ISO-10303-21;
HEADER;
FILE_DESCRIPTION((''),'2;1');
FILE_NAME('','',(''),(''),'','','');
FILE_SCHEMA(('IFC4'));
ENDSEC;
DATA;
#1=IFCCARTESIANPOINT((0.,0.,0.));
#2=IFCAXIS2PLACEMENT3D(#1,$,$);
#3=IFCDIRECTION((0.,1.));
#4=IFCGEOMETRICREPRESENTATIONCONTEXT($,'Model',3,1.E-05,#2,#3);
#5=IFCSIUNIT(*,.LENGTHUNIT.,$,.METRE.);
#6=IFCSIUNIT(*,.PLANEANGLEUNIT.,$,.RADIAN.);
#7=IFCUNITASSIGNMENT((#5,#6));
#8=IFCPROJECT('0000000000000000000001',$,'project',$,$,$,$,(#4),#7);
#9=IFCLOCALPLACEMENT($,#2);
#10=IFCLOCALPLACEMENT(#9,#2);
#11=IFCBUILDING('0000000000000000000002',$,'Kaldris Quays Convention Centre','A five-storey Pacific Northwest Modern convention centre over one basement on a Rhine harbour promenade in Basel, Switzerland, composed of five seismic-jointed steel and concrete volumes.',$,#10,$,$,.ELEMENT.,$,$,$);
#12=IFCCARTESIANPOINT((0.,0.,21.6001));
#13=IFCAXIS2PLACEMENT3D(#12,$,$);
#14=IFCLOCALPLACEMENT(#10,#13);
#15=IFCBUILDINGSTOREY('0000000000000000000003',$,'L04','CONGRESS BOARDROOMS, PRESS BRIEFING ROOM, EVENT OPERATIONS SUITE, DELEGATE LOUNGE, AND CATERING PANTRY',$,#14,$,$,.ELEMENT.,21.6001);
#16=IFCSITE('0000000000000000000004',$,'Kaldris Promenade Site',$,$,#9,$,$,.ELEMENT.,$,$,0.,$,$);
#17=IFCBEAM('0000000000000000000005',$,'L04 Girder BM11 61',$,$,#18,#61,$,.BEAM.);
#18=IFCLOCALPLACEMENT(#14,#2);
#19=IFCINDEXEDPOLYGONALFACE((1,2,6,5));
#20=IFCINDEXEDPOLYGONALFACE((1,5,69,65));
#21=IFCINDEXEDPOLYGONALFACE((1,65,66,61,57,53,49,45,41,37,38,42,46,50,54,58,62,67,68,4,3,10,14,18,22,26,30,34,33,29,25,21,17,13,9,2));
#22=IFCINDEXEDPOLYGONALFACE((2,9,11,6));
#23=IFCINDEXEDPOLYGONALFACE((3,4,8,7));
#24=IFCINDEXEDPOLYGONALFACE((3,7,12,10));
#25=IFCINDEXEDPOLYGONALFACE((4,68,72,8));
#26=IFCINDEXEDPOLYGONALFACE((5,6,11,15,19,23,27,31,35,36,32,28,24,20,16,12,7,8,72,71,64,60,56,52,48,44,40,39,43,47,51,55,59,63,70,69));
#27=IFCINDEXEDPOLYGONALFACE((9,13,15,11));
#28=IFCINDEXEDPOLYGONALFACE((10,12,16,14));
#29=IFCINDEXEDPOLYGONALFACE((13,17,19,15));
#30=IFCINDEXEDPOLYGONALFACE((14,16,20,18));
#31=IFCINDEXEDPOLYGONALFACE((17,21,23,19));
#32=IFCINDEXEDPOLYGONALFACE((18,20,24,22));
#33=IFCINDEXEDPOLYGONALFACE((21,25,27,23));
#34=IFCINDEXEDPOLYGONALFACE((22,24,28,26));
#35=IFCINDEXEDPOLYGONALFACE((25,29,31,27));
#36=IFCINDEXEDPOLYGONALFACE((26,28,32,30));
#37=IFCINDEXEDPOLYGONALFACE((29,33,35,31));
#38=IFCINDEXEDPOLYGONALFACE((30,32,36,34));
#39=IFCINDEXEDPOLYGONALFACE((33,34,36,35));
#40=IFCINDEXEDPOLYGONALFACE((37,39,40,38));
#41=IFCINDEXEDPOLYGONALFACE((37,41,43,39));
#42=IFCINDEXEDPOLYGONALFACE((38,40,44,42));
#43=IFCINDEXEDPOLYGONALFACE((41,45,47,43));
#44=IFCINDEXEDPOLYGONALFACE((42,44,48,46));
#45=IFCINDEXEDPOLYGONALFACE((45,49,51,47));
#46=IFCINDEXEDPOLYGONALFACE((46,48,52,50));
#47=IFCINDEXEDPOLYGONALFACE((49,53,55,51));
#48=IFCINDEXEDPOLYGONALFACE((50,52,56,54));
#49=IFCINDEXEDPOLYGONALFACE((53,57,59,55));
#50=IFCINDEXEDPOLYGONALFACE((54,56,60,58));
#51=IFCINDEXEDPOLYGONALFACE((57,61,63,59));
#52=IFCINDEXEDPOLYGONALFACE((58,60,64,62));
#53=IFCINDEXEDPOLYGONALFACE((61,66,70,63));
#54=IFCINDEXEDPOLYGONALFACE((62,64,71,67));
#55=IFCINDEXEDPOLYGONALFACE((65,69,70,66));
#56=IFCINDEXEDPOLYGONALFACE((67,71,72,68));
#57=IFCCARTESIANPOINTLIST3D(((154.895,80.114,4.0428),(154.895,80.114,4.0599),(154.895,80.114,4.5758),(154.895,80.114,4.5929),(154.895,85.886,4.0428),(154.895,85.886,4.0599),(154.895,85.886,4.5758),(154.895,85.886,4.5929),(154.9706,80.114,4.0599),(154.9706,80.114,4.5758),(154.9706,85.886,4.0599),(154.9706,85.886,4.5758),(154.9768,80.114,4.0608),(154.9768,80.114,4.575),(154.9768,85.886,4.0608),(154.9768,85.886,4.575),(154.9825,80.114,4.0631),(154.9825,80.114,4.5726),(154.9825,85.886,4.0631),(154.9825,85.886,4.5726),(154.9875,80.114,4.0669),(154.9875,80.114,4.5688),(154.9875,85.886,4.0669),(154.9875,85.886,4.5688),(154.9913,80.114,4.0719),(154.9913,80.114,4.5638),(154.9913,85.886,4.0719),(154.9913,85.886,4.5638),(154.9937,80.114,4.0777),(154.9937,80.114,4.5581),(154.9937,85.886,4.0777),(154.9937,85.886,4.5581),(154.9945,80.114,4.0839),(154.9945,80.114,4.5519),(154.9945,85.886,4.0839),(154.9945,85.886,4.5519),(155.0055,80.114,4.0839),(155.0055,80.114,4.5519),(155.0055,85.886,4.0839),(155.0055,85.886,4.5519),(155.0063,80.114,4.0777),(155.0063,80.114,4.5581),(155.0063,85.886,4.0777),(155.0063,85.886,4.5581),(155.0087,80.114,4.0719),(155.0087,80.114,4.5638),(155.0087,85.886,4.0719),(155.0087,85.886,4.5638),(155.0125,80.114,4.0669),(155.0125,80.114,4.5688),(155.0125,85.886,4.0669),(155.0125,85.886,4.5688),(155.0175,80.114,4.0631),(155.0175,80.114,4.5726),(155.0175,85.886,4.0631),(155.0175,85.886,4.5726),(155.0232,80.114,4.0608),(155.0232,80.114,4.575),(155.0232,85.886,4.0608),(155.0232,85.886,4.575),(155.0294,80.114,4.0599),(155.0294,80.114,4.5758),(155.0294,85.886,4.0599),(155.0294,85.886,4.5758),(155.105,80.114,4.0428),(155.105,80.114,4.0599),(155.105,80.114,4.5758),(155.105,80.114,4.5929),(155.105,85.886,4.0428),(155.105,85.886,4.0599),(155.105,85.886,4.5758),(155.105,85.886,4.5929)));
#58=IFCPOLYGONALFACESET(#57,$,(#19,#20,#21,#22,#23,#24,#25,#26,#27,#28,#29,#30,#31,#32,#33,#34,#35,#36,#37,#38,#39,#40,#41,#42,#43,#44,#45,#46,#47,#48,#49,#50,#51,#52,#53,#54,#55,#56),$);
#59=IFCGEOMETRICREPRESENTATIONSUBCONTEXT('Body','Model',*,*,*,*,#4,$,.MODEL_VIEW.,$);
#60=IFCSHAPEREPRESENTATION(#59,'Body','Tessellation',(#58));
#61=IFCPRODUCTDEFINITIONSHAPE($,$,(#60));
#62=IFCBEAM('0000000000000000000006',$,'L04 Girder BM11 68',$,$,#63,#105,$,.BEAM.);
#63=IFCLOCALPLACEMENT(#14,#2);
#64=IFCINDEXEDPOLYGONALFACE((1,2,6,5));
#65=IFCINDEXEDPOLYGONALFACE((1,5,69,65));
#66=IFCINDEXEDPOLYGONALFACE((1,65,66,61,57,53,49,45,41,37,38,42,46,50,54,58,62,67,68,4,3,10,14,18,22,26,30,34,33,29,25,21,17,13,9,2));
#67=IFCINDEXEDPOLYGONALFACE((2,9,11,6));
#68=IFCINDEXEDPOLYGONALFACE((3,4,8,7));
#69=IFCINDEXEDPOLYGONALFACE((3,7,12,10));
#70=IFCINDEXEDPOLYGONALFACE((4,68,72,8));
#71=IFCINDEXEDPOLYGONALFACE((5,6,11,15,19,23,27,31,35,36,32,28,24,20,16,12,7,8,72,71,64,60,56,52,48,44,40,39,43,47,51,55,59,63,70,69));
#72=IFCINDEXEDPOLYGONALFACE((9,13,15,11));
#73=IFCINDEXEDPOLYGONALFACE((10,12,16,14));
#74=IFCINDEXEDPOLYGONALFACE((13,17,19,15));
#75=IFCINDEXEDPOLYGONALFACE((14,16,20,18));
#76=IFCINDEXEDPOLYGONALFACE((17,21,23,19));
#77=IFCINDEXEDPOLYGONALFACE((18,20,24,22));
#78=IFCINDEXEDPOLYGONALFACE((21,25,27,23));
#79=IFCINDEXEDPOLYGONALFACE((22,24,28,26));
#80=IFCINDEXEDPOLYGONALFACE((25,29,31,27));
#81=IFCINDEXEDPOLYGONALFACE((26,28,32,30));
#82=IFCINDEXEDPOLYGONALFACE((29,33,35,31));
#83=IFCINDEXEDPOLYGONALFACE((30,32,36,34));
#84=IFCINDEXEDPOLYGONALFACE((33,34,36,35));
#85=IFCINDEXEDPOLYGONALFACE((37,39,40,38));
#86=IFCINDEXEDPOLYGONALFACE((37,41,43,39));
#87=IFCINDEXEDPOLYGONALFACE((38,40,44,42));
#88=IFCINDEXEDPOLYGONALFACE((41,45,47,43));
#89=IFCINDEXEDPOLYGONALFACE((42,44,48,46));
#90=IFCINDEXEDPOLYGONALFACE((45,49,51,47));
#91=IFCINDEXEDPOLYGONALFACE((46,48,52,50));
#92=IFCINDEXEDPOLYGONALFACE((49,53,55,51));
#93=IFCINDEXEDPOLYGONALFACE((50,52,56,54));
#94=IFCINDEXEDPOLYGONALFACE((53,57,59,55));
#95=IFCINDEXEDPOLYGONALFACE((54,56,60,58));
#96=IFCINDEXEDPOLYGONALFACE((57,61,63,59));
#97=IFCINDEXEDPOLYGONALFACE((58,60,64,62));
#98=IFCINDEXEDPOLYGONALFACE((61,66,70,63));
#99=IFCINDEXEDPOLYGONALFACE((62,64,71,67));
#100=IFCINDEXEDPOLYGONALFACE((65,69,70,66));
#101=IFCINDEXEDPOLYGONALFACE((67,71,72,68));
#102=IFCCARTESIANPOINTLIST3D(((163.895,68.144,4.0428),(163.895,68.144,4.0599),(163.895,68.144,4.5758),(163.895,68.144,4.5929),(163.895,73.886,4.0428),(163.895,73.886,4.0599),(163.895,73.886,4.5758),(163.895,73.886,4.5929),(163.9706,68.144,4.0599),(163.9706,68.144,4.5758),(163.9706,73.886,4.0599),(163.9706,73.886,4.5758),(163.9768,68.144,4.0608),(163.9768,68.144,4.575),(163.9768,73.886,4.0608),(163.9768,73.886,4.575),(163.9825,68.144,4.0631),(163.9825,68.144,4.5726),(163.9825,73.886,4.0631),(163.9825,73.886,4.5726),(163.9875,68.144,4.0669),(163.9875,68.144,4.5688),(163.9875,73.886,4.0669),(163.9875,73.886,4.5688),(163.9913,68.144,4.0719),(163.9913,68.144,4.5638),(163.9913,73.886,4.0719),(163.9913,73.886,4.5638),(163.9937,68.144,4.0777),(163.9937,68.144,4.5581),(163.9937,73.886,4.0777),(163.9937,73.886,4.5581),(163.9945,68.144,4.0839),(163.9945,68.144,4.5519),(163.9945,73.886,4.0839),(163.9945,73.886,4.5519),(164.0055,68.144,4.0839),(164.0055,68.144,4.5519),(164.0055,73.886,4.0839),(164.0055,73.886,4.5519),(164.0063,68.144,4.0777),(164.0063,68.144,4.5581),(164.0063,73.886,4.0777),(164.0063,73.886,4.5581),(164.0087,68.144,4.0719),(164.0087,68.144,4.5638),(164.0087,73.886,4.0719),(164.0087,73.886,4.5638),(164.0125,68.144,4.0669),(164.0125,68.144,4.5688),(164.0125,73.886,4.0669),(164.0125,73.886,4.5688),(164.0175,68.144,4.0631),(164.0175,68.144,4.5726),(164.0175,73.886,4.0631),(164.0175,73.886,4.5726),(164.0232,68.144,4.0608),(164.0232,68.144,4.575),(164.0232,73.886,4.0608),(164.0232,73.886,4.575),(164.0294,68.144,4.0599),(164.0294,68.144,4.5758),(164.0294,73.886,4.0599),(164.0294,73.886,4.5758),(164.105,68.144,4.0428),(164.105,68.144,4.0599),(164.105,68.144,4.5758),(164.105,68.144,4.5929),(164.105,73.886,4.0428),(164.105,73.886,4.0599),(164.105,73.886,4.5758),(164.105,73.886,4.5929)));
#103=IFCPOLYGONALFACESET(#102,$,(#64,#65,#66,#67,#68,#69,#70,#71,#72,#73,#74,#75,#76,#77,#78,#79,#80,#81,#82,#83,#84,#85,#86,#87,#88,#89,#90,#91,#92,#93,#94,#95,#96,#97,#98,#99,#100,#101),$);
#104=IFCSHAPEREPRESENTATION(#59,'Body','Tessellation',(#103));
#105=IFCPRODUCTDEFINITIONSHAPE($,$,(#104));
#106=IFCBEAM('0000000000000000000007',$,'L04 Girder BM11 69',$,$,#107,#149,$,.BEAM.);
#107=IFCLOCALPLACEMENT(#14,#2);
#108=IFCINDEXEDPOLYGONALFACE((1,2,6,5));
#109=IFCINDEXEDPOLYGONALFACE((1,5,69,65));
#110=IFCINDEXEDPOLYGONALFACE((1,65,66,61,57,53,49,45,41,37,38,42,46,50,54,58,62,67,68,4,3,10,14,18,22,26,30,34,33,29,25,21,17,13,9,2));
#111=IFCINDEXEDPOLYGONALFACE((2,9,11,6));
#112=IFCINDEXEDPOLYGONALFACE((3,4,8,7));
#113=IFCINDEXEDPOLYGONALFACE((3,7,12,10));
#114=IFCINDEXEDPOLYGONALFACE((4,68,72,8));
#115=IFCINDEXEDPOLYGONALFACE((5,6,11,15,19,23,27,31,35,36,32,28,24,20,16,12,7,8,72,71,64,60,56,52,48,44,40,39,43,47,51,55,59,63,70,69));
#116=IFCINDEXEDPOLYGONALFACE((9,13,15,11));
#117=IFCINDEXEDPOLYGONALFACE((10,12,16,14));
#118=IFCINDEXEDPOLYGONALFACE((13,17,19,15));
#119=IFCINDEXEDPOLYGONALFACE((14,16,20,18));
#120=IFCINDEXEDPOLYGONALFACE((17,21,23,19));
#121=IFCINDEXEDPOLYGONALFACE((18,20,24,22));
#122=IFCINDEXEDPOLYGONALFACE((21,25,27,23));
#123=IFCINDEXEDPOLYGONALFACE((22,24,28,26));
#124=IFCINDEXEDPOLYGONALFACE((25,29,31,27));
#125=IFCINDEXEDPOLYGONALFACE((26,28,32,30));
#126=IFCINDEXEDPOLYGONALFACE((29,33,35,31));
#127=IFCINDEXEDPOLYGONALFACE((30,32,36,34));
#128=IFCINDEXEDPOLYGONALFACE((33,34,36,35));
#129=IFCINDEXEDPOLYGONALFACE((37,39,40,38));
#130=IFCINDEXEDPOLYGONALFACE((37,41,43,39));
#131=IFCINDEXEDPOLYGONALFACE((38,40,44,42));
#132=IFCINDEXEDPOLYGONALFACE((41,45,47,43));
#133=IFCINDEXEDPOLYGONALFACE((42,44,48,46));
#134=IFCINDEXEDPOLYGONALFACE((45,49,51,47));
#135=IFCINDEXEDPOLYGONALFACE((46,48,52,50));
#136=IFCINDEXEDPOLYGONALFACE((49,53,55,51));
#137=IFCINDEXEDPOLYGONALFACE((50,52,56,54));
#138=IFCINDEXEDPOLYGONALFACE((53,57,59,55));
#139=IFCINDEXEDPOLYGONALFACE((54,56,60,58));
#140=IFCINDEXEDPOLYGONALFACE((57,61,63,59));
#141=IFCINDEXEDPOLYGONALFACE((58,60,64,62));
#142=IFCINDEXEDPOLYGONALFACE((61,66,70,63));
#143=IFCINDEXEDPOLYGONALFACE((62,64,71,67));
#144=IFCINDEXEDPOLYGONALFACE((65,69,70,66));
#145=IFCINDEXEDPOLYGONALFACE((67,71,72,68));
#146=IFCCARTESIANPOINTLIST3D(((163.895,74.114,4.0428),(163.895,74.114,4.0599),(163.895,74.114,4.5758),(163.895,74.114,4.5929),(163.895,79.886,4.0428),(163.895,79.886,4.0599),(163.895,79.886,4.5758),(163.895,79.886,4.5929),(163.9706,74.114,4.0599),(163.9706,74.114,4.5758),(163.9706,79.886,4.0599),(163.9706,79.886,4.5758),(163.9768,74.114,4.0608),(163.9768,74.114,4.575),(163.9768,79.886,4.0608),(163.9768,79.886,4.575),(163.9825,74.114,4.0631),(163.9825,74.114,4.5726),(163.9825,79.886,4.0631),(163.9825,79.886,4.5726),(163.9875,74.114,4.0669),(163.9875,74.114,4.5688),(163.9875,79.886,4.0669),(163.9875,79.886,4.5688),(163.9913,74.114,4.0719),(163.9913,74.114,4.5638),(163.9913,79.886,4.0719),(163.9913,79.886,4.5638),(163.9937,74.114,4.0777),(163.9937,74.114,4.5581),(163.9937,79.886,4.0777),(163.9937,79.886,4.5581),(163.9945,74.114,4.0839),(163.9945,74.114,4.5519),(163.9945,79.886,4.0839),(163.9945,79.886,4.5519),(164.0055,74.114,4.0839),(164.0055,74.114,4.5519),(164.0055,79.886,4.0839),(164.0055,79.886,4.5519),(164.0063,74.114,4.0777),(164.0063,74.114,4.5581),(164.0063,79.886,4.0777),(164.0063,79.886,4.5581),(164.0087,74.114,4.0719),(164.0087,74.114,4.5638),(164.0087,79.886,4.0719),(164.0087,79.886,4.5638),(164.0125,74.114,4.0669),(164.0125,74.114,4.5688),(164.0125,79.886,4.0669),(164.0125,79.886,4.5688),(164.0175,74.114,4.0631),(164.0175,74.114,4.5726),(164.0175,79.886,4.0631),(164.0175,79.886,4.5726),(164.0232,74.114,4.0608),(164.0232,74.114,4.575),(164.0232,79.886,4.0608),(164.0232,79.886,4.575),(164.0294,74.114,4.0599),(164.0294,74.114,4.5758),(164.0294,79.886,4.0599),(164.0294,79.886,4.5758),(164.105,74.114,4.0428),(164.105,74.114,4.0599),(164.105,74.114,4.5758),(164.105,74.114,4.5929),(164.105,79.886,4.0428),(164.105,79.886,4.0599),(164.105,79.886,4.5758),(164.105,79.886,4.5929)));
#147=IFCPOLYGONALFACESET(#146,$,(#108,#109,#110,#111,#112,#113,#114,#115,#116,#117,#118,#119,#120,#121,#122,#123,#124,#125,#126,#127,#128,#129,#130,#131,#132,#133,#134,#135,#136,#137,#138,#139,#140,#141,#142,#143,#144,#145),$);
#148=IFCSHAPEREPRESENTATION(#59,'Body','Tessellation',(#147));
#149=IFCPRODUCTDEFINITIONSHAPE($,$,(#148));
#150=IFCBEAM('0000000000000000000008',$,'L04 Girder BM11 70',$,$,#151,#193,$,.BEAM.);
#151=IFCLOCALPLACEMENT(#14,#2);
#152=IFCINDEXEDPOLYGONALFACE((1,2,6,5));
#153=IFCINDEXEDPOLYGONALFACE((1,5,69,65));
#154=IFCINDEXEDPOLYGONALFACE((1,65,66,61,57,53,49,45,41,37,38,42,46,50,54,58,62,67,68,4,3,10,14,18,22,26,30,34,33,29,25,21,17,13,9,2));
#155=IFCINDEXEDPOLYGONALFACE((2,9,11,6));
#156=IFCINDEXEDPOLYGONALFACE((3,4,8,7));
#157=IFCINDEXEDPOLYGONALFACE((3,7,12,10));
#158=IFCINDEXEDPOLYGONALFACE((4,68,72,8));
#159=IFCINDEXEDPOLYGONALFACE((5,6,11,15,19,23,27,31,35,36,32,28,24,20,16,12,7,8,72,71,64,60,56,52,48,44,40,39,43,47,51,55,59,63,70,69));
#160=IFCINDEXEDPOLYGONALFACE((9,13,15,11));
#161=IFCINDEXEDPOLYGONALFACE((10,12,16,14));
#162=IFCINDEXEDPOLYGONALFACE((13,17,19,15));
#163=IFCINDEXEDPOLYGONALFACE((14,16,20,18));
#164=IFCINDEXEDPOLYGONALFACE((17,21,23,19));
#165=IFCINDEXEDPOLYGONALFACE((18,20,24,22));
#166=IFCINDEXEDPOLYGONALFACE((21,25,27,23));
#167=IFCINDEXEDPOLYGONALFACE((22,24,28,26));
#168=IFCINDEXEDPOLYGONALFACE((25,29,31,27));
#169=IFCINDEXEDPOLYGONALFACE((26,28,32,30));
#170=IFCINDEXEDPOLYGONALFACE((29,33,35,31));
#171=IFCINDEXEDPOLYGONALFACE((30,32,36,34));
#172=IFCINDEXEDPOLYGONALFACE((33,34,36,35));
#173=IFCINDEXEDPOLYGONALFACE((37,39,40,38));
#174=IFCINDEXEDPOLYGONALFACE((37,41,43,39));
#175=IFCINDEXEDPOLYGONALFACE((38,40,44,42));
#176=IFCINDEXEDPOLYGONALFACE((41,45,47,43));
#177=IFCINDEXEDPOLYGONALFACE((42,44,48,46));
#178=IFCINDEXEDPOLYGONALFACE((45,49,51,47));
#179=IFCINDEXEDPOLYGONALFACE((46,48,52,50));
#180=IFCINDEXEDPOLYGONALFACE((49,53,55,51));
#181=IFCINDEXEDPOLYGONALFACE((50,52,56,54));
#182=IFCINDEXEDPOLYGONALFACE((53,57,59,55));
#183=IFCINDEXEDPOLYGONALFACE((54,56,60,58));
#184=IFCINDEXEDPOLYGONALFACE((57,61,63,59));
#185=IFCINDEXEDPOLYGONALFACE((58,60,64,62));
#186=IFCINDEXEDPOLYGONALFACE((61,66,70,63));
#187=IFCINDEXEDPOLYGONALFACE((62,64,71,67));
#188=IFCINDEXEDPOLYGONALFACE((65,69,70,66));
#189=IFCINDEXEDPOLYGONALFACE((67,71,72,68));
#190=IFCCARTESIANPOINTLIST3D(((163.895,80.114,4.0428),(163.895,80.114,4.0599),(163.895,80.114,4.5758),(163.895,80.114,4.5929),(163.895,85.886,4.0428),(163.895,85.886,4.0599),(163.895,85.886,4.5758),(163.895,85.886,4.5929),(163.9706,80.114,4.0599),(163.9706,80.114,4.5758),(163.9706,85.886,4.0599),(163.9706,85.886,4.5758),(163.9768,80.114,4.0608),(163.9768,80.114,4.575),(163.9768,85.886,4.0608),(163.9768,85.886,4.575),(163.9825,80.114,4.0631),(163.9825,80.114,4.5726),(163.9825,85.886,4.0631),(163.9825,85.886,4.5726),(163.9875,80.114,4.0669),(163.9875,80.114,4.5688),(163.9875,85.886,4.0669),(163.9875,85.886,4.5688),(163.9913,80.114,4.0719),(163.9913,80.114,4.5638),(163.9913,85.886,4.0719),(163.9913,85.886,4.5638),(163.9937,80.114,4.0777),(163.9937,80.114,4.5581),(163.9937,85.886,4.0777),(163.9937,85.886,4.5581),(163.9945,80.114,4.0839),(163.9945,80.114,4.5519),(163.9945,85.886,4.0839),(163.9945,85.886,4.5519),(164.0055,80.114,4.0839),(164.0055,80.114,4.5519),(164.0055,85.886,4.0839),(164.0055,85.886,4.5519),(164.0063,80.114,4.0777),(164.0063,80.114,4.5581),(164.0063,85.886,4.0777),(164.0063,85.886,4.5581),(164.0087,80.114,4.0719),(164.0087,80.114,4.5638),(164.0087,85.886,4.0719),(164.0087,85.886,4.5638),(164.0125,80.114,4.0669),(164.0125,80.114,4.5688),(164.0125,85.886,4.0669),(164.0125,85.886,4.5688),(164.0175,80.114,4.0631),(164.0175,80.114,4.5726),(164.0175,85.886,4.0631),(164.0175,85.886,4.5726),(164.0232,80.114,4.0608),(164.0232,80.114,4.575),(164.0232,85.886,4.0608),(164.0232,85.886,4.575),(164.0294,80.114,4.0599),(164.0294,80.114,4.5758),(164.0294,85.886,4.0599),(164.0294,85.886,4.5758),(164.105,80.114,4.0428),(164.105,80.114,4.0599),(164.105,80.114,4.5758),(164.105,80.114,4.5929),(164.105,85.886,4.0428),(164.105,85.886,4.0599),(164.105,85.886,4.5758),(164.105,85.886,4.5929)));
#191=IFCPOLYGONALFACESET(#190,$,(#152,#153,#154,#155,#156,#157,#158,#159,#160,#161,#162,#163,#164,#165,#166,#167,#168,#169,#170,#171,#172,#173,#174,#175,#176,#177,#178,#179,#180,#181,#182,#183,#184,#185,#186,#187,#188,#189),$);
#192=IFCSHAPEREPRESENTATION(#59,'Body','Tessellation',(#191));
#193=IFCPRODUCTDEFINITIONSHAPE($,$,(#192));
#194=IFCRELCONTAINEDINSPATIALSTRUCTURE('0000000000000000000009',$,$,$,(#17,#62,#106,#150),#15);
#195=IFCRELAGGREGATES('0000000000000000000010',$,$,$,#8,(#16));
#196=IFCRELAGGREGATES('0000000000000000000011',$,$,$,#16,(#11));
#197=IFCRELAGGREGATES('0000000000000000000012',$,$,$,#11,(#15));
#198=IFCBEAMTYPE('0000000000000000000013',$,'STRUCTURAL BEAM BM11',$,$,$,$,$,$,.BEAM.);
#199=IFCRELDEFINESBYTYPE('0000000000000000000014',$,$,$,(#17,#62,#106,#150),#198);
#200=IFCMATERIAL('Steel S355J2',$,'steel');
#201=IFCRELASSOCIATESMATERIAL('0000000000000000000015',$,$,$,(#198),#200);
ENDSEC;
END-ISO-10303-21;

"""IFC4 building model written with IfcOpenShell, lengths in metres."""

from ifc_helpers import new_model, si_unit, direction, frame, origin, origin_2d, place, context, subcontext, project, spatial, i_section, extrude, material, material_profile, profile_set, type_object, element, save


model = new_model("IFC4")

# Units and contexts
model_context = context("Model", 3, precision=1e-05, world=origin(), true_north=direction((0.0, 1.0)))
body_context = subcontext(model_context, "Body", "Model", "MODEL_VIEW")
ifc_project = project(units=[si_unit("LENGTHUNIT", "METRE"), si_unit("PLANEANGLEUNIT", "RADIAN")], contexts=[model_context])

# Site, building, storey
site_placement = place(None, origin())
site = spatial("IfcSite", under=ifc_project, at=site_placement, Name="Kaldris Promenade Site", CompositionType="ELEMENT", RefElevation=0.0)
building_placement = place(site_placement, origin())
building = spatial("IfcBuilding", under=site, at=building_placement, Name="Kaldris Quays Convention Centre", Description="A five-storey Pacific Northwest Modern convention centre over one basement on a Rhine harbour promenade in Basel, Switzerland, composed of five seismic-jointed steel and concrete volumes.", CompositionType="ELEMENT")
storey_placement = place(building_placement, frame((0.0, 0.0, 21.6001)))
storey = spatial("IfcBuildingStorey", under=building, at=storey_placement, Name="L04", Description="CONGRESS BOARDROOMS, PRESS BRIEFING ROOM, EVENT OPERATIONS SUITE, DELEGATE LOUNGE, AND CATERING PANTRY", CompositionType="ELEMENT", Elevation=21.6001)

# Shared definitions
ifc_material_1 = material(Name="Steel S355J2", Category="steel")

# Beams
ifc_material_profile_1 = material_profile(ifc_material_1, i_section(OverallWidth=0.21, OverallDepth=0.55, WebThickness=0.011, FlangeThickness=0.0171, FilletRadius=0.0239, at=origin_2d()), Name="IPE 550")
ifc_profile_set_1 = profile_set([ifc_material_profile_1], Name="Steel S355J2")
beam_type_1 = type_object("IfcBeamType", Name="STRUCTURAL BEAM BM11", PredefinedType="BEAM", material=ifc_profile_set_1)
for number, where, z_axis, x_axis, name in (
    (1, (155.0, 80.114, 4.3179), (0.0, 1.0, 0.0), (-1.0, 0.0, 0.0), "L04 Girder BM11 61"),
):
    element("IfcBeam", number, at=place(storey_placement, frame(where, z_axis=z_axis, x_axis=x_axis)), inside=storey, type_object=beam_type_1, Name=name, PredefinedType="BEAM", context=body_context, shape_type="SweptSolid", body=[
        extrude(i_section(OverallWidth=0.21, OverallDepth=0.55, WebThickness=0.011, FlangeThickness=0.0171, FilletRadius=0.0239, at=origin_2d()), origin(), (0.0, 0.0, 1.0), 5.772),
    ])
beam_1_placement = place(storey_placement, frame((164.0, 68.144, 4.3179), z_axis=(0.0, 1.0, 0.0), x_axis=(-1.0, 0.0, 0.0)))
element("IfcBeam", 2, at=beam_1_placement, inside=storey, type_object=beam_type_1, Name="L04 Girder BM11 68", PredefinedType="BEAM", context=body_context, shape_type="SweptSolid", body=[
    extrude(i_section(OverallWidth=0.21, OverallDepth=0.55, WebThickness=0.011, FlangeThickness=0.0171, FilletRadius=0.0239, at=origin_2d()), origin(), (0.0, 0.0, 1.0), 5.7419),
])
for number, where, z_axis, x_axis, name in (
    (3, (164.0, 74.114, 4.3179), (0.0, 1.0, 0.0), (-1.0, 0.0, 0.0), "L04 Girder BM11 69"),
    (4, (164.0, 80.114, 4.3179), (0.0, 1.0, 0.0), (-1.0, 0.0, 0.0), "L04 Girder BM11 70"),
):
    element("IfcBeam", number, at=place(storey_placement, frame(where, z_axis=z_axis, x_axis=x_axis)), inside=storey, type_object=beam_type_1, Name=name, PredefinedType="BEAM", context=body_context, shape_type="SweptSolid", body=[
        extrude(i_section(OverallWidth=0.21, OverallDepth=0.55, WebThickness=0.011, FlangeThickness=0.0171, FilletRadius=0.0239, at=origin_2d()), origin(), (0.0, 0.0, 1.0), 5.772),
    ])

save(model, "model.ifc")
